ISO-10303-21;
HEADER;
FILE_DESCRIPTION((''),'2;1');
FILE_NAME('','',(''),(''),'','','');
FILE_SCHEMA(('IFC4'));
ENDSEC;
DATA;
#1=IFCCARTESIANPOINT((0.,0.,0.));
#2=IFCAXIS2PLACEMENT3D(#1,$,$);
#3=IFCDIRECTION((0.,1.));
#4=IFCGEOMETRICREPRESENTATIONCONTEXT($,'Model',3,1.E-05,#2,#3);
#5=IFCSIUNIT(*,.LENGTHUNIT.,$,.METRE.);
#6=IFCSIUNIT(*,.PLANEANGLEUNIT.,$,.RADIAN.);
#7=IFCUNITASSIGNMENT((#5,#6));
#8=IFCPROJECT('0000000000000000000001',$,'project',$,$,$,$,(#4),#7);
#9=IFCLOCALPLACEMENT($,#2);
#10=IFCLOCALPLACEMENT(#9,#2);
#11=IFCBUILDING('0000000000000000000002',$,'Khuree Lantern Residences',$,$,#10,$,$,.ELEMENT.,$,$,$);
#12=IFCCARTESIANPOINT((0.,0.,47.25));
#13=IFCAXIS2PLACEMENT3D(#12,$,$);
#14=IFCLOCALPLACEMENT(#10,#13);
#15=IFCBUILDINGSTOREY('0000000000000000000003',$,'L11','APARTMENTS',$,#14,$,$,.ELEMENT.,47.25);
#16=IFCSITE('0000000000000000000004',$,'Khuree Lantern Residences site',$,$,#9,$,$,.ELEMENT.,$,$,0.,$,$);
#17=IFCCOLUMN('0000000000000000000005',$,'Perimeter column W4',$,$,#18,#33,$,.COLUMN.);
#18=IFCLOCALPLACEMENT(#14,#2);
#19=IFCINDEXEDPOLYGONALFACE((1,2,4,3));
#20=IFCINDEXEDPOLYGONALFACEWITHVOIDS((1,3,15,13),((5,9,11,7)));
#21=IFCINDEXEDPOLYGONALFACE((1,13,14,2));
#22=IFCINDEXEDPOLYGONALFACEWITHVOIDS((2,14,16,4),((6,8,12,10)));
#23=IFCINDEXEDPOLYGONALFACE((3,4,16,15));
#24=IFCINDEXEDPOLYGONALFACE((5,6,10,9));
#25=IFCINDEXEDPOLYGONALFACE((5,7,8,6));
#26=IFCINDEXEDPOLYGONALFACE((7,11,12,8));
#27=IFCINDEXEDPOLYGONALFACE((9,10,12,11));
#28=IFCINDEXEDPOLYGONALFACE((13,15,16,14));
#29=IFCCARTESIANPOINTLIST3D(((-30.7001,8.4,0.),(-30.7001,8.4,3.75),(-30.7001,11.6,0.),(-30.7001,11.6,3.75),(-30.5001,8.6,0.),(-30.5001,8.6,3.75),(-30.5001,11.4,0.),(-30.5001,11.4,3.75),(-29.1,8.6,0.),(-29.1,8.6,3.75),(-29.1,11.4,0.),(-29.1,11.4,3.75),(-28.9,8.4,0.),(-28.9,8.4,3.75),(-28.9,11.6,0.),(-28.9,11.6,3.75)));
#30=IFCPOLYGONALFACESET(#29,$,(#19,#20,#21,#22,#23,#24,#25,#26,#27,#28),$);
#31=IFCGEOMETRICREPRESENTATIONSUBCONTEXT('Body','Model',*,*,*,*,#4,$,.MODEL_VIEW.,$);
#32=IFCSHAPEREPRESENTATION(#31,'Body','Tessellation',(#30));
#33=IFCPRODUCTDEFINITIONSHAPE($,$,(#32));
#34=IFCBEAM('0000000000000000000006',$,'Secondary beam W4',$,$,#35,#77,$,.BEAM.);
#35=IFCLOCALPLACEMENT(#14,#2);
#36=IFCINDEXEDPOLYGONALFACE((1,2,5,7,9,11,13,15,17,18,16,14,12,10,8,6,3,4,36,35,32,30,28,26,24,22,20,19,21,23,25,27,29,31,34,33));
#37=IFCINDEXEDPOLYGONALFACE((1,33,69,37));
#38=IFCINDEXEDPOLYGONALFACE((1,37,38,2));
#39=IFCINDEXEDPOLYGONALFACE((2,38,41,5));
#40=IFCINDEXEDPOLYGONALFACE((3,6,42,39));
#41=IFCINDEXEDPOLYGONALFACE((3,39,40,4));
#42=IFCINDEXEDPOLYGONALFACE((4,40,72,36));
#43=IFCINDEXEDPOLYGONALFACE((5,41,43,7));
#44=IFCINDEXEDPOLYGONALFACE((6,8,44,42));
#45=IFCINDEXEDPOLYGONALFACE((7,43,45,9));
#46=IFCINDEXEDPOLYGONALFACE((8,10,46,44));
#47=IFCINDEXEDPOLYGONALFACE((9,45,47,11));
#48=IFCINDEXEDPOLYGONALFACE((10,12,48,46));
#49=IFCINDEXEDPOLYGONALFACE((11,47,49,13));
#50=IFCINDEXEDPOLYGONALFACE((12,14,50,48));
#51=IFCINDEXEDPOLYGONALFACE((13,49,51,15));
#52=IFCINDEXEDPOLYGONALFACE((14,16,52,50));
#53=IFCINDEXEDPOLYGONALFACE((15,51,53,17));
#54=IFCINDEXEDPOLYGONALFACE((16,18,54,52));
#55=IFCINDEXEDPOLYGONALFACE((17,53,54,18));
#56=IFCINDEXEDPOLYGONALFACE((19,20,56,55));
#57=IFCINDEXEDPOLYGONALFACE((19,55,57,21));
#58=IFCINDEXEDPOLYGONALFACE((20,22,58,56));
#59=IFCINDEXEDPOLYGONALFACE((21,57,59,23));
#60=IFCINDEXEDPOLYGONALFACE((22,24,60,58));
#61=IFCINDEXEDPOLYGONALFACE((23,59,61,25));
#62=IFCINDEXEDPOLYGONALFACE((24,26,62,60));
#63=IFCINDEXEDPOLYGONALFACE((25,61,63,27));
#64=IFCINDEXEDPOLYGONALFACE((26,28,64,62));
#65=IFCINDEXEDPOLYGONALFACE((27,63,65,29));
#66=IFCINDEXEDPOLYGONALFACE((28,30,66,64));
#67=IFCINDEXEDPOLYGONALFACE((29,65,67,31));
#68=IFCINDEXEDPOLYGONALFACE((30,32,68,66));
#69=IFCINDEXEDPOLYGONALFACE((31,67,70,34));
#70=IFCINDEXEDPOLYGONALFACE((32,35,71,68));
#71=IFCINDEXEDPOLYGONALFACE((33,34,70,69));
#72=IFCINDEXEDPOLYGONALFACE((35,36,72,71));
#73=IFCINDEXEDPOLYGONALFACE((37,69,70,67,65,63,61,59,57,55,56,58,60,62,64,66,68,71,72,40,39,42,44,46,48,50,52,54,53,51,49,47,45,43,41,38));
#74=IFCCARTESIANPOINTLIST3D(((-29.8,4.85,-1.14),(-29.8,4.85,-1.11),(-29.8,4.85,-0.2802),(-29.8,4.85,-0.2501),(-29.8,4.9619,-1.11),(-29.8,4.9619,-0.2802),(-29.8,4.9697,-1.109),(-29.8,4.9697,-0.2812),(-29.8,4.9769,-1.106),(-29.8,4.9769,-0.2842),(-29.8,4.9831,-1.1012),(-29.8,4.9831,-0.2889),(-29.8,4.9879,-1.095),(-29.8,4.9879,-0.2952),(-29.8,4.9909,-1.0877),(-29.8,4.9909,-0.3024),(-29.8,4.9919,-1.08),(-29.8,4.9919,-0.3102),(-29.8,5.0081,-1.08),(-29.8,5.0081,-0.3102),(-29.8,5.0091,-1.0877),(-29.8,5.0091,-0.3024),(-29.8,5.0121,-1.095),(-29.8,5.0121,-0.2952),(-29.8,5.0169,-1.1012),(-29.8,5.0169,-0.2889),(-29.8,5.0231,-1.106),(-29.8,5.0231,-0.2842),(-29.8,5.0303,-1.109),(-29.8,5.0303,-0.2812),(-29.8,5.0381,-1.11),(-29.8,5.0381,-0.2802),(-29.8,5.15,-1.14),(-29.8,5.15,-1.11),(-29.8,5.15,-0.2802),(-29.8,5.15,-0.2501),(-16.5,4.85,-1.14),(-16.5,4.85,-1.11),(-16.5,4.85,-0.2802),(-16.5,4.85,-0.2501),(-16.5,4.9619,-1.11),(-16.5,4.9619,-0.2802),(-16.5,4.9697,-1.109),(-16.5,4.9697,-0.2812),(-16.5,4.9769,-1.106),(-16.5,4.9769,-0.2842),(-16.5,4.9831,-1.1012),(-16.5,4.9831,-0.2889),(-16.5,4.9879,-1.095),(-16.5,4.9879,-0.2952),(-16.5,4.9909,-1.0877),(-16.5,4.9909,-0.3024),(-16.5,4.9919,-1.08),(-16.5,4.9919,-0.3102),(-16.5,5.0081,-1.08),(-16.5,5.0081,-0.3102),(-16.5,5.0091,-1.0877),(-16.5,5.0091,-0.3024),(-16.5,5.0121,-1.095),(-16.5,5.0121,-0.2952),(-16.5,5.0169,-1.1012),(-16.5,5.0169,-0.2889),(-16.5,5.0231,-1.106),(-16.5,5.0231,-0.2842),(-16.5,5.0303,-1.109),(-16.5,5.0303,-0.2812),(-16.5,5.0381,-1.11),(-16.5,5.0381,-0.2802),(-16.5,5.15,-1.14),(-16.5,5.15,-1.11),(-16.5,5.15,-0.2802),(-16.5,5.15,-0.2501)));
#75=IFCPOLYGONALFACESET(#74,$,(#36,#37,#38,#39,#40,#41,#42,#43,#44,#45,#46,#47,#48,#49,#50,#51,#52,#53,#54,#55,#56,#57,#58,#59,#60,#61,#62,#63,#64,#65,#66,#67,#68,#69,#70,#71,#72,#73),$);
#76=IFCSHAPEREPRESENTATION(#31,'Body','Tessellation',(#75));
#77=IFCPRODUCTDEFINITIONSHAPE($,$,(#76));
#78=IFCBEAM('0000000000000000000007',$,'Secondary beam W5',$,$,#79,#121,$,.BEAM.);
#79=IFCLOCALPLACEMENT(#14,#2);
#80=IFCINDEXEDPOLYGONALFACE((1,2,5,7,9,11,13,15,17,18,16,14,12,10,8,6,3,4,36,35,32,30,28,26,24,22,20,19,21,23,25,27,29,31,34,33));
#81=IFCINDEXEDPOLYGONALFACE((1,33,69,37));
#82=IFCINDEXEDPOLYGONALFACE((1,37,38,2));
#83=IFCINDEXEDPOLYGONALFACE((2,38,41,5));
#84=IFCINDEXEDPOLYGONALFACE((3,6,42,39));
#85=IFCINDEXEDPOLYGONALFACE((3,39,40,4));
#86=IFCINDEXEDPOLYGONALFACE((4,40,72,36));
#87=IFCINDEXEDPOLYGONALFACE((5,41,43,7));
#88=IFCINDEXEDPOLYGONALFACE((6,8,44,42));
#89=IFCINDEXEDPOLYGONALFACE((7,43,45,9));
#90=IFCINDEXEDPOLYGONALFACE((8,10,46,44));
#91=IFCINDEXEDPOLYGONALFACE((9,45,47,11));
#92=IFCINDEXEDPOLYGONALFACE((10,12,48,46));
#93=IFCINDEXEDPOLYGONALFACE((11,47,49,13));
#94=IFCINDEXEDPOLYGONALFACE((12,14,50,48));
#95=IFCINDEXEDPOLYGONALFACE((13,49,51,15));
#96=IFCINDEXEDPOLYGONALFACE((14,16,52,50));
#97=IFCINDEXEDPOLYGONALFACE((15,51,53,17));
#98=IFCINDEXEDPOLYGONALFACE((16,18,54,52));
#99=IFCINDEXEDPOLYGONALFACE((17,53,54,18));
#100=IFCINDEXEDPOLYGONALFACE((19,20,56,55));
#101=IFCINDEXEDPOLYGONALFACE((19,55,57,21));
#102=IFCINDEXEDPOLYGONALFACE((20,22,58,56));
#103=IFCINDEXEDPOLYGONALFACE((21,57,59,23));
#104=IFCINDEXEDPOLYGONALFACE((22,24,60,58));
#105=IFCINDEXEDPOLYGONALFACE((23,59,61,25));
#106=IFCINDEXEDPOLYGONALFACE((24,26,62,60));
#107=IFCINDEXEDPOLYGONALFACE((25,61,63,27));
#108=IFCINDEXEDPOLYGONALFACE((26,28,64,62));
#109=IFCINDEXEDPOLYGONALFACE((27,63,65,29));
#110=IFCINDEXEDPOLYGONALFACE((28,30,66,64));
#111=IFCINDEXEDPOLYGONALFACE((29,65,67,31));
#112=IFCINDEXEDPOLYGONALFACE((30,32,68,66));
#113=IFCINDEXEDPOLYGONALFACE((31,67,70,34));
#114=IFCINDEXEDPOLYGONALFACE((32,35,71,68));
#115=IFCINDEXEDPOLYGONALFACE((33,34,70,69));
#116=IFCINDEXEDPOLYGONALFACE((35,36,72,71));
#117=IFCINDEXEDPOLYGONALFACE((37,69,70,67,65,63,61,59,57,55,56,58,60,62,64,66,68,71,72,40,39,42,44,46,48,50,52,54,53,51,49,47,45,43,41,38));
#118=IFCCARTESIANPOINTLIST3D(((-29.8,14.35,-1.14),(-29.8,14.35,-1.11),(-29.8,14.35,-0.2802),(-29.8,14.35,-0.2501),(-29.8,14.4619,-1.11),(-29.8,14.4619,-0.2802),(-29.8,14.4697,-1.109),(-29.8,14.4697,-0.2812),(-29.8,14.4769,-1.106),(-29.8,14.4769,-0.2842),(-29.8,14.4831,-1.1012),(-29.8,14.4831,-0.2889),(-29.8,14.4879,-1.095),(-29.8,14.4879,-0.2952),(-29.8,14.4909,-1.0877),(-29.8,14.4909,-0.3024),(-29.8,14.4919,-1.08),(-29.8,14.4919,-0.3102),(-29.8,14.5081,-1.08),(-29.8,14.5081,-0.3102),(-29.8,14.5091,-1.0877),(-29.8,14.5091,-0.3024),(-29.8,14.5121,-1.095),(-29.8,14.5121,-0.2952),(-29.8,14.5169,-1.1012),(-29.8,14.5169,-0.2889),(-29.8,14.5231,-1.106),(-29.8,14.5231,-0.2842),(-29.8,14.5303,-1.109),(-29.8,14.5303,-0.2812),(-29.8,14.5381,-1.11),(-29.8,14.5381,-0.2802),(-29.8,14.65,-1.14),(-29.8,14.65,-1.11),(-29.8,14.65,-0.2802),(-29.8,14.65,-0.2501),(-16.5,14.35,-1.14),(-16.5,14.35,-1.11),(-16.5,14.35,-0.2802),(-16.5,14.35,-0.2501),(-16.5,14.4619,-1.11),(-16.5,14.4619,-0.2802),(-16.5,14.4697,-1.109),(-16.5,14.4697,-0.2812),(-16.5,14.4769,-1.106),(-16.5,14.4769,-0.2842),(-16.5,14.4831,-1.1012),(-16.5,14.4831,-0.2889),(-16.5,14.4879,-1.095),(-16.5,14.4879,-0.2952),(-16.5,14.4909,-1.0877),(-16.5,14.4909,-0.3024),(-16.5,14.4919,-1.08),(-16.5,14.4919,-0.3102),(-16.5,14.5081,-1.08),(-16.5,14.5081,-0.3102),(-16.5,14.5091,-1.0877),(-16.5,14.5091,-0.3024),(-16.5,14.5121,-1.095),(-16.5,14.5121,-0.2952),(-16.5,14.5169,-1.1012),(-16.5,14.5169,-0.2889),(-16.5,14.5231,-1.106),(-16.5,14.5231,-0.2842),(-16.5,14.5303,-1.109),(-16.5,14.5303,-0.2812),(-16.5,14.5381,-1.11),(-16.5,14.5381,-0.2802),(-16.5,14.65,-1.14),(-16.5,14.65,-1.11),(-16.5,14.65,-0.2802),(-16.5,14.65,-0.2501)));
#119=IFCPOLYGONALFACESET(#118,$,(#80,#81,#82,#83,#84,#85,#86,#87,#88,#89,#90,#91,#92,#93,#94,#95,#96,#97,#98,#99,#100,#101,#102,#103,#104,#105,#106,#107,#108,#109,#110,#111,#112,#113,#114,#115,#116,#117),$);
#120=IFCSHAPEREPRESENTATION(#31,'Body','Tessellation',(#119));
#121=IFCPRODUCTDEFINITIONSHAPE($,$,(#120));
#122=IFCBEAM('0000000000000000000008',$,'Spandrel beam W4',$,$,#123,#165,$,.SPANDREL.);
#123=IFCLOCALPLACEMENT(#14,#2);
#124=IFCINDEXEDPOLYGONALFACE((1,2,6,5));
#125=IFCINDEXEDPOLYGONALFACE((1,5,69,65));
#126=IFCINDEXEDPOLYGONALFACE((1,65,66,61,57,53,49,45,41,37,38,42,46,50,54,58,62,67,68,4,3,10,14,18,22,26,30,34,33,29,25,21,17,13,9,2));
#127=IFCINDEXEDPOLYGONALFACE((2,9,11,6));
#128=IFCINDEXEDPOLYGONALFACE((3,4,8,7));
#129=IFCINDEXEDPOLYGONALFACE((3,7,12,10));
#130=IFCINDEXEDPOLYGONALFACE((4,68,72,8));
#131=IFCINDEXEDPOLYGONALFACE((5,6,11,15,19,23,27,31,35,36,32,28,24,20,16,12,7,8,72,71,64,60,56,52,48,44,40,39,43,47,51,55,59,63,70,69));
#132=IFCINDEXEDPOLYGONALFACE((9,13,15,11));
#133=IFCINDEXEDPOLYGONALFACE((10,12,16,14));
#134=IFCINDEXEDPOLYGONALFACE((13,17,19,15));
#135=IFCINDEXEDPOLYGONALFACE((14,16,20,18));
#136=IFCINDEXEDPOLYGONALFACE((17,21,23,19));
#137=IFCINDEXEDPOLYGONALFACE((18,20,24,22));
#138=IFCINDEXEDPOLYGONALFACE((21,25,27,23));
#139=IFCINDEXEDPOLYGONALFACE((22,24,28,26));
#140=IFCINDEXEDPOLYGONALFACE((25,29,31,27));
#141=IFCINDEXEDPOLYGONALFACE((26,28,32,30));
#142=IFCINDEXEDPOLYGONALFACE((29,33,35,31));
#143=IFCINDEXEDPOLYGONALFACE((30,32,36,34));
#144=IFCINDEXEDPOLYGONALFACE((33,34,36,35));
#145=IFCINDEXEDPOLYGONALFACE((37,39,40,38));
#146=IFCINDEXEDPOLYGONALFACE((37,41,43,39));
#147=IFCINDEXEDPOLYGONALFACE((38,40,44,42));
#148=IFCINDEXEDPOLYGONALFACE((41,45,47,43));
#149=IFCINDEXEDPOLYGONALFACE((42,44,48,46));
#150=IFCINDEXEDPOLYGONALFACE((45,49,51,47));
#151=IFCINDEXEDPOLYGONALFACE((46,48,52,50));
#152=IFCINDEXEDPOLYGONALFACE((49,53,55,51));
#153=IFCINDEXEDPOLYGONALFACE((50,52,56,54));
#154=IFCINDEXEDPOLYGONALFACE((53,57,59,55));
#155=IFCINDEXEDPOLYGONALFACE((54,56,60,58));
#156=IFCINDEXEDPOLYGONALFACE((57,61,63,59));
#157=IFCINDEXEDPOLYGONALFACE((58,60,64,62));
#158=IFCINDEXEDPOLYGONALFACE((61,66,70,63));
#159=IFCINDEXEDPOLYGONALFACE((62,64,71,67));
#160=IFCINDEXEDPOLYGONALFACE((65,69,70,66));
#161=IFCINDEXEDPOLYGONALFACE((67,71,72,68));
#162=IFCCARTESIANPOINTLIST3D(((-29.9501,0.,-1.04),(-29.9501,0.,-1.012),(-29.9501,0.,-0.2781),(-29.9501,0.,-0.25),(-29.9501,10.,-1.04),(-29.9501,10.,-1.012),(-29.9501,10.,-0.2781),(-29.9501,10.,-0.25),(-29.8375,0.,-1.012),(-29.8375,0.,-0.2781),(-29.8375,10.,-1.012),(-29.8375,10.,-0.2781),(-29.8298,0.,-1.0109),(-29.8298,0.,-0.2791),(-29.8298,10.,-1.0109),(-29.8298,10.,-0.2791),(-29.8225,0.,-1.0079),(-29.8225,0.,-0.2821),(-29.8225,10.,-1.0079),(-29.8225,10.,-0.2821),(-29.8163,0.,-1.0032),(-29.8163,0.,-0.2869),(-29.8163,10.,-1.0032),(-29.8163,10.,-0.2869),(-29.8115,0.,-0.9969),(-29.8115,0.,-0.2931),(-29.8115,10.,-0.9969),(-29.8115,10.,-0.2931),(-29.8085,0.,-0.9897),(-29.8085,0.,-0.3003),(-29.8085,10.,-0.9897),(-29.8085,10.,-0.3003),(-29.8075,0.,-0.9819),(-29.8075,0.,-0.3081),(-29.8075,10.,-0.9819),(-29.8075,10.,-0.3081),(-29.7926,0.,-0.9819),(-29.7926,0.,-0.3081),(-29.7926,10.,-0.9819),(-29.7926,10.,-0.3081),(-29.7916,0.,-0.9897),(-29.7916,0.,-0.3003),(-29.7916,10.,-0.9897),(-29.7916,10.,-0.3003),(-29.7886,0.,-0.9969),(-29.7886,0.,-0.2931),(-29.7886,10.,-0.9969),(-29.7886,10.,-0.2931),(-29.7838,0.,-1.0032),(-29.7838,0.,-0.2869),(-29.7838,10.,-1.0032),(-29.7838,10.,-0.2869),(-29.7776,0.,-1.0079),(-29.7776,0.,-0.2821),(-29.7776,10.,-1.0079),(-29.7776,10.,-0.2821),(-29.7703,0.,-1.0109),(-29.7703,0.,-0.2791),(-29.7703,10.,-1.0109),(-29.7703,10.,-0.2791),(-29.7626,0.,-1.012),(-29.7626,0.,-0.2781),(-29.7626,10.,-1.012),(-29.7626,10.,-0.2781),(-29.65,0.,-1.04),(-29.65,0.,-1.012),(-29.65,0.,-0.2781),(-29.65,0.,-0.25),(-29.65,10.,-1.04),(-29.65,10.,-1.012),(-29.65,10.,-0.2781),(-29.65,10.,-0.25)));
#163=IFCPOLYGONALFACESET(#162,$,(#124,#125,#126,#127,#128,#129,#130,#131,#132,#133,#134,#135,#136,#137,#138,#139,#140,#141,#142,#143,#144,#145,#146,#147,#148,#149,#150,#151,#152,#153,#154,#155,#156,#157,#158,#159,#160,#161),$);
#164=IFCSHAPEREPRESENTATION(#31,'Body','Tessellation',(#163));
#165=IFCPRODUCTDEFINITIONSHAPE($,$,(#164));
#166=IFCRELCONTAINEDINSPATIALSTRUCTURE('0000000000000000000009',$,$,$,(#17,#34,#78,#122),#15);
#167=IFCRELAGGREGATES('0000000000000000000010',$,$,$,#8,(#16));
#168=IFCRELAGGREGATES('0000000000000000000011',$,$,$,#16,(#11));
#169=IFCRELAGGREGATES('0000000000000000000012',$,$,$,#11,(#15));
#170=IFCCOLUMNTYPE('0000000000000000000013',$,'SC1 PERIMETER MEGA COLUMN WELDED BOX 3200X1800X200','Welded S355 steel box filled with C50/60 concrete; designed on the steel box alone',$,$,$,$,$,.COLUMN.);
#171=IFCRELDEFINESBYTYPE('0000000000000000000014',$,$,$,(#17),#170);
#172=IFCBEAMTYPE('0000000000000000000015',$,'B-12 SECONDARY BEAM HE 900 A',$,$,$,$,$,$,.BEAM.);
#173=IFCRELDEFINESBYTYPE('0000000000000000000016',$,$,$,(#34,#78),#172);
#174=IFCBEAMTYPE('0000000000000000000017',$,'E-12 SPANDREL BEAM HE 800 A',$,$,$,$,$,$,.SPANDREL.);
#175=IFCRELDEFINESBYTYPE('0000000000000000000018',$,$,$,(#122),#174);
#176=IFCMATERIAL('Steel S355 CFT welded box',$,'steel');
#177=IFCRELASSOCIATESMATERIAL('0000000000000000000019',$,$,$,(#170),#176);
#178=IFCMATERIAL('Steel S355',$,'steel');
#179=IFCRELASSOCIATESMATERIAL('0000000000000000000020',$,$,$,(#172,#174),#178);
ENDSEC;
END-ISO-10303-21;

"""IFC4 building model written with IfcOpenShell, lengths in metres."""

from ifc_helpers import new_model, si_unit, direction, frame, origin, origin_2d, place, context, subcontext, project, spatial, hollow_rectangle, i_section, extrude, material, material_profile, profile_set, type_object, element, save


model = new_model("IFC4")

# Units and contexts
model_context = context("Model", 3, precision=1e-05, world=origin(), true_north=direction((0.0, 1.0)))
body_context = subcontext(model_context, "Body", "Model", "MODEL_VIEW")
ifc_project = project(units=[si_unit("LENGTHUNIT", "METRE"), si_unit("PLANEANGLEUNIT", "RADIAN")], contexts=[model_context])

# Site, building, storey
site_placement = place(None, origin())
site = spatial("IfcSite", under=ifc_project, at=site_placement, Name="Khuree Lantern Residences site", CompositionType="ELEMENT", RefElevation=0.0)
building_placement = place(site_placement, origin())
building = spatial("IfcBuilding", under=site, at=building_placement, Name="Khuree Lantern Residences", CompositionType="ELEMENT")
storey_placement = place(building_placement, frame((0.0, 0.0, 47.25)))
storey = spatial("IfcBuildingStorey", under=building, at=storey_placement, Name="L11", Description="APARTMENTS", CompositionType="ELEMENT", Elevation=47.25)

# Column
ifc_material_1 = material(Name="Steel S355 CFT welded box", Category="steel")
ifc_material_profile_1 = material_profile(ifc_material_1, hollow_rectangle(XDim=3.2, YDim=1.8, WallThickness=0.2, at=origin_2d()), Name="WELDED BOX 3200X1800X200")
ifc_profile_set_1 = profile_set([ifc_material_profile_1], Name="Steel S355 CFT welded box")
column_type = type_object("IfcColumnType", Name="SC1 PERIMETER MEGA COLUMN WELDED BOX 3200X1800X200", Description="Welded S355 steel box filled with C50/60 concrete; designed on the steel box alone", PredefinedType="COLUMN", material=ifc_profile_set_1)
column_placement = place(storey_placement, frame((-29.8, 10.0, 0.0), z_axis=(0.0, 0.0, 1.0), x_axis=(0.0, 1.0, 0.0)))
element("IfcColumn", 1, at=column_placement, inside=storey, type_object=column_type, Name="Perimeter column W4", PredefinedType="COLUMN", context=body_context, shape_type="SweptSolid", body=[
    extrude(hollow_rectangle(XDim=3.2, YDim=1.8, WallThickness=0.2, at=origin_2d()), origin(), (0.0, 0.0, 1.0), 3.75),
])

# Beams
ifc_material_2 = material(Name="Steel S355", Category="steel")
ifc_material_profile_2 = material_profile(ifc_material_2, i_section(OverallWidth=0.3, OverallDepth=0.8899, WebThickness=0.0161, FlangeThickness=0.03, FilletRadius=0.03, at=origin_2d()), Name="HE 900 A")
ifc_profile_set_2 = profile_set([ifc_material_profile_2], Name="Steel S355")
beam_type_1 = type_object("IfcBeamType", Name="B-12 SECONDARY BEAM HE 900 A", PredefinedType="BEAM", material=ifc_profile_set_2)
for number, where, z_axis, x_axis, name in (
    (2, (-29.8, 5.0, -0.6951), (1.0, 0.0, 0.0), (0.0, 1.0, 0.0), "Secondary beam W4"),
    (3, (-29.8, 14.5, -0.6951), (1.0, 0.0, 0.0), (0.0, 1.0, 0.0), "Secondary beam W5"),
):
    element("IfcBeam", number, at=place(storey_placement, frame(where, z_axis=z_axis, x_axis=x_axis)), inside=storey, type_object=beam_type_1, Name=name, PredefinedType="BEAM", context=body_context, shape_type="SweptSolid", body=[
        extrude(i_section(OverallWidth=0.3, OverallDepth=0.8899, WebThickness=0.0161, FlangeThickness=0.03, FilletRadius=0.03, at=origin_2d()), origin(), (0.0, 0.0, 1.0), 13.3),
    ])
ifc_material_profile_3 = material_profile(ifc_material_2, i_section(OverallWidth=0.3, OverallDepth=0.79, WebThickness=0.0149, FlangeThickness=0.0281, FilletRadius=0.03, at=origin_2d()), Name="HE 800 A")
ifc_profile_set_3 = profile_set([ifc_material_profile_3], Name="Steel S355")
beam_type_2 = type_object("IfcBeamType", Name="E-12 SPANDREL BEAM HE 800 A", PredefinedType="SPANDREL", material=ifc_profile_set_3)
for number, where, z_axis, x_axis, name in (
    (4, (-29.8, 0.0, -0.645), (0.0, 1.0, 0.0), (-1.0, 0.0, 0.0), "Spandrel beam W4"),
):
    element("IfcBeam", number, at=place(storey_placement, frame(where, z_axis=z_axis, x_axis=x_axis)), inside=storey, type_object=beam_type_2, Name=name, PredefinedType="SPANDREL", context=body_context, shape_type="SweptSolid", body=[
        extrude(i_section(OverallWidth=0.3, OverallDepth=0.79, WebThickness=0.0149, FlangeThickness=0.0281, FilletRadius=0.03, at=origin_2d()), origin(), (0.0, 0.0, 1.0), 10.0),
    ])

save(model, "model.ifc")
